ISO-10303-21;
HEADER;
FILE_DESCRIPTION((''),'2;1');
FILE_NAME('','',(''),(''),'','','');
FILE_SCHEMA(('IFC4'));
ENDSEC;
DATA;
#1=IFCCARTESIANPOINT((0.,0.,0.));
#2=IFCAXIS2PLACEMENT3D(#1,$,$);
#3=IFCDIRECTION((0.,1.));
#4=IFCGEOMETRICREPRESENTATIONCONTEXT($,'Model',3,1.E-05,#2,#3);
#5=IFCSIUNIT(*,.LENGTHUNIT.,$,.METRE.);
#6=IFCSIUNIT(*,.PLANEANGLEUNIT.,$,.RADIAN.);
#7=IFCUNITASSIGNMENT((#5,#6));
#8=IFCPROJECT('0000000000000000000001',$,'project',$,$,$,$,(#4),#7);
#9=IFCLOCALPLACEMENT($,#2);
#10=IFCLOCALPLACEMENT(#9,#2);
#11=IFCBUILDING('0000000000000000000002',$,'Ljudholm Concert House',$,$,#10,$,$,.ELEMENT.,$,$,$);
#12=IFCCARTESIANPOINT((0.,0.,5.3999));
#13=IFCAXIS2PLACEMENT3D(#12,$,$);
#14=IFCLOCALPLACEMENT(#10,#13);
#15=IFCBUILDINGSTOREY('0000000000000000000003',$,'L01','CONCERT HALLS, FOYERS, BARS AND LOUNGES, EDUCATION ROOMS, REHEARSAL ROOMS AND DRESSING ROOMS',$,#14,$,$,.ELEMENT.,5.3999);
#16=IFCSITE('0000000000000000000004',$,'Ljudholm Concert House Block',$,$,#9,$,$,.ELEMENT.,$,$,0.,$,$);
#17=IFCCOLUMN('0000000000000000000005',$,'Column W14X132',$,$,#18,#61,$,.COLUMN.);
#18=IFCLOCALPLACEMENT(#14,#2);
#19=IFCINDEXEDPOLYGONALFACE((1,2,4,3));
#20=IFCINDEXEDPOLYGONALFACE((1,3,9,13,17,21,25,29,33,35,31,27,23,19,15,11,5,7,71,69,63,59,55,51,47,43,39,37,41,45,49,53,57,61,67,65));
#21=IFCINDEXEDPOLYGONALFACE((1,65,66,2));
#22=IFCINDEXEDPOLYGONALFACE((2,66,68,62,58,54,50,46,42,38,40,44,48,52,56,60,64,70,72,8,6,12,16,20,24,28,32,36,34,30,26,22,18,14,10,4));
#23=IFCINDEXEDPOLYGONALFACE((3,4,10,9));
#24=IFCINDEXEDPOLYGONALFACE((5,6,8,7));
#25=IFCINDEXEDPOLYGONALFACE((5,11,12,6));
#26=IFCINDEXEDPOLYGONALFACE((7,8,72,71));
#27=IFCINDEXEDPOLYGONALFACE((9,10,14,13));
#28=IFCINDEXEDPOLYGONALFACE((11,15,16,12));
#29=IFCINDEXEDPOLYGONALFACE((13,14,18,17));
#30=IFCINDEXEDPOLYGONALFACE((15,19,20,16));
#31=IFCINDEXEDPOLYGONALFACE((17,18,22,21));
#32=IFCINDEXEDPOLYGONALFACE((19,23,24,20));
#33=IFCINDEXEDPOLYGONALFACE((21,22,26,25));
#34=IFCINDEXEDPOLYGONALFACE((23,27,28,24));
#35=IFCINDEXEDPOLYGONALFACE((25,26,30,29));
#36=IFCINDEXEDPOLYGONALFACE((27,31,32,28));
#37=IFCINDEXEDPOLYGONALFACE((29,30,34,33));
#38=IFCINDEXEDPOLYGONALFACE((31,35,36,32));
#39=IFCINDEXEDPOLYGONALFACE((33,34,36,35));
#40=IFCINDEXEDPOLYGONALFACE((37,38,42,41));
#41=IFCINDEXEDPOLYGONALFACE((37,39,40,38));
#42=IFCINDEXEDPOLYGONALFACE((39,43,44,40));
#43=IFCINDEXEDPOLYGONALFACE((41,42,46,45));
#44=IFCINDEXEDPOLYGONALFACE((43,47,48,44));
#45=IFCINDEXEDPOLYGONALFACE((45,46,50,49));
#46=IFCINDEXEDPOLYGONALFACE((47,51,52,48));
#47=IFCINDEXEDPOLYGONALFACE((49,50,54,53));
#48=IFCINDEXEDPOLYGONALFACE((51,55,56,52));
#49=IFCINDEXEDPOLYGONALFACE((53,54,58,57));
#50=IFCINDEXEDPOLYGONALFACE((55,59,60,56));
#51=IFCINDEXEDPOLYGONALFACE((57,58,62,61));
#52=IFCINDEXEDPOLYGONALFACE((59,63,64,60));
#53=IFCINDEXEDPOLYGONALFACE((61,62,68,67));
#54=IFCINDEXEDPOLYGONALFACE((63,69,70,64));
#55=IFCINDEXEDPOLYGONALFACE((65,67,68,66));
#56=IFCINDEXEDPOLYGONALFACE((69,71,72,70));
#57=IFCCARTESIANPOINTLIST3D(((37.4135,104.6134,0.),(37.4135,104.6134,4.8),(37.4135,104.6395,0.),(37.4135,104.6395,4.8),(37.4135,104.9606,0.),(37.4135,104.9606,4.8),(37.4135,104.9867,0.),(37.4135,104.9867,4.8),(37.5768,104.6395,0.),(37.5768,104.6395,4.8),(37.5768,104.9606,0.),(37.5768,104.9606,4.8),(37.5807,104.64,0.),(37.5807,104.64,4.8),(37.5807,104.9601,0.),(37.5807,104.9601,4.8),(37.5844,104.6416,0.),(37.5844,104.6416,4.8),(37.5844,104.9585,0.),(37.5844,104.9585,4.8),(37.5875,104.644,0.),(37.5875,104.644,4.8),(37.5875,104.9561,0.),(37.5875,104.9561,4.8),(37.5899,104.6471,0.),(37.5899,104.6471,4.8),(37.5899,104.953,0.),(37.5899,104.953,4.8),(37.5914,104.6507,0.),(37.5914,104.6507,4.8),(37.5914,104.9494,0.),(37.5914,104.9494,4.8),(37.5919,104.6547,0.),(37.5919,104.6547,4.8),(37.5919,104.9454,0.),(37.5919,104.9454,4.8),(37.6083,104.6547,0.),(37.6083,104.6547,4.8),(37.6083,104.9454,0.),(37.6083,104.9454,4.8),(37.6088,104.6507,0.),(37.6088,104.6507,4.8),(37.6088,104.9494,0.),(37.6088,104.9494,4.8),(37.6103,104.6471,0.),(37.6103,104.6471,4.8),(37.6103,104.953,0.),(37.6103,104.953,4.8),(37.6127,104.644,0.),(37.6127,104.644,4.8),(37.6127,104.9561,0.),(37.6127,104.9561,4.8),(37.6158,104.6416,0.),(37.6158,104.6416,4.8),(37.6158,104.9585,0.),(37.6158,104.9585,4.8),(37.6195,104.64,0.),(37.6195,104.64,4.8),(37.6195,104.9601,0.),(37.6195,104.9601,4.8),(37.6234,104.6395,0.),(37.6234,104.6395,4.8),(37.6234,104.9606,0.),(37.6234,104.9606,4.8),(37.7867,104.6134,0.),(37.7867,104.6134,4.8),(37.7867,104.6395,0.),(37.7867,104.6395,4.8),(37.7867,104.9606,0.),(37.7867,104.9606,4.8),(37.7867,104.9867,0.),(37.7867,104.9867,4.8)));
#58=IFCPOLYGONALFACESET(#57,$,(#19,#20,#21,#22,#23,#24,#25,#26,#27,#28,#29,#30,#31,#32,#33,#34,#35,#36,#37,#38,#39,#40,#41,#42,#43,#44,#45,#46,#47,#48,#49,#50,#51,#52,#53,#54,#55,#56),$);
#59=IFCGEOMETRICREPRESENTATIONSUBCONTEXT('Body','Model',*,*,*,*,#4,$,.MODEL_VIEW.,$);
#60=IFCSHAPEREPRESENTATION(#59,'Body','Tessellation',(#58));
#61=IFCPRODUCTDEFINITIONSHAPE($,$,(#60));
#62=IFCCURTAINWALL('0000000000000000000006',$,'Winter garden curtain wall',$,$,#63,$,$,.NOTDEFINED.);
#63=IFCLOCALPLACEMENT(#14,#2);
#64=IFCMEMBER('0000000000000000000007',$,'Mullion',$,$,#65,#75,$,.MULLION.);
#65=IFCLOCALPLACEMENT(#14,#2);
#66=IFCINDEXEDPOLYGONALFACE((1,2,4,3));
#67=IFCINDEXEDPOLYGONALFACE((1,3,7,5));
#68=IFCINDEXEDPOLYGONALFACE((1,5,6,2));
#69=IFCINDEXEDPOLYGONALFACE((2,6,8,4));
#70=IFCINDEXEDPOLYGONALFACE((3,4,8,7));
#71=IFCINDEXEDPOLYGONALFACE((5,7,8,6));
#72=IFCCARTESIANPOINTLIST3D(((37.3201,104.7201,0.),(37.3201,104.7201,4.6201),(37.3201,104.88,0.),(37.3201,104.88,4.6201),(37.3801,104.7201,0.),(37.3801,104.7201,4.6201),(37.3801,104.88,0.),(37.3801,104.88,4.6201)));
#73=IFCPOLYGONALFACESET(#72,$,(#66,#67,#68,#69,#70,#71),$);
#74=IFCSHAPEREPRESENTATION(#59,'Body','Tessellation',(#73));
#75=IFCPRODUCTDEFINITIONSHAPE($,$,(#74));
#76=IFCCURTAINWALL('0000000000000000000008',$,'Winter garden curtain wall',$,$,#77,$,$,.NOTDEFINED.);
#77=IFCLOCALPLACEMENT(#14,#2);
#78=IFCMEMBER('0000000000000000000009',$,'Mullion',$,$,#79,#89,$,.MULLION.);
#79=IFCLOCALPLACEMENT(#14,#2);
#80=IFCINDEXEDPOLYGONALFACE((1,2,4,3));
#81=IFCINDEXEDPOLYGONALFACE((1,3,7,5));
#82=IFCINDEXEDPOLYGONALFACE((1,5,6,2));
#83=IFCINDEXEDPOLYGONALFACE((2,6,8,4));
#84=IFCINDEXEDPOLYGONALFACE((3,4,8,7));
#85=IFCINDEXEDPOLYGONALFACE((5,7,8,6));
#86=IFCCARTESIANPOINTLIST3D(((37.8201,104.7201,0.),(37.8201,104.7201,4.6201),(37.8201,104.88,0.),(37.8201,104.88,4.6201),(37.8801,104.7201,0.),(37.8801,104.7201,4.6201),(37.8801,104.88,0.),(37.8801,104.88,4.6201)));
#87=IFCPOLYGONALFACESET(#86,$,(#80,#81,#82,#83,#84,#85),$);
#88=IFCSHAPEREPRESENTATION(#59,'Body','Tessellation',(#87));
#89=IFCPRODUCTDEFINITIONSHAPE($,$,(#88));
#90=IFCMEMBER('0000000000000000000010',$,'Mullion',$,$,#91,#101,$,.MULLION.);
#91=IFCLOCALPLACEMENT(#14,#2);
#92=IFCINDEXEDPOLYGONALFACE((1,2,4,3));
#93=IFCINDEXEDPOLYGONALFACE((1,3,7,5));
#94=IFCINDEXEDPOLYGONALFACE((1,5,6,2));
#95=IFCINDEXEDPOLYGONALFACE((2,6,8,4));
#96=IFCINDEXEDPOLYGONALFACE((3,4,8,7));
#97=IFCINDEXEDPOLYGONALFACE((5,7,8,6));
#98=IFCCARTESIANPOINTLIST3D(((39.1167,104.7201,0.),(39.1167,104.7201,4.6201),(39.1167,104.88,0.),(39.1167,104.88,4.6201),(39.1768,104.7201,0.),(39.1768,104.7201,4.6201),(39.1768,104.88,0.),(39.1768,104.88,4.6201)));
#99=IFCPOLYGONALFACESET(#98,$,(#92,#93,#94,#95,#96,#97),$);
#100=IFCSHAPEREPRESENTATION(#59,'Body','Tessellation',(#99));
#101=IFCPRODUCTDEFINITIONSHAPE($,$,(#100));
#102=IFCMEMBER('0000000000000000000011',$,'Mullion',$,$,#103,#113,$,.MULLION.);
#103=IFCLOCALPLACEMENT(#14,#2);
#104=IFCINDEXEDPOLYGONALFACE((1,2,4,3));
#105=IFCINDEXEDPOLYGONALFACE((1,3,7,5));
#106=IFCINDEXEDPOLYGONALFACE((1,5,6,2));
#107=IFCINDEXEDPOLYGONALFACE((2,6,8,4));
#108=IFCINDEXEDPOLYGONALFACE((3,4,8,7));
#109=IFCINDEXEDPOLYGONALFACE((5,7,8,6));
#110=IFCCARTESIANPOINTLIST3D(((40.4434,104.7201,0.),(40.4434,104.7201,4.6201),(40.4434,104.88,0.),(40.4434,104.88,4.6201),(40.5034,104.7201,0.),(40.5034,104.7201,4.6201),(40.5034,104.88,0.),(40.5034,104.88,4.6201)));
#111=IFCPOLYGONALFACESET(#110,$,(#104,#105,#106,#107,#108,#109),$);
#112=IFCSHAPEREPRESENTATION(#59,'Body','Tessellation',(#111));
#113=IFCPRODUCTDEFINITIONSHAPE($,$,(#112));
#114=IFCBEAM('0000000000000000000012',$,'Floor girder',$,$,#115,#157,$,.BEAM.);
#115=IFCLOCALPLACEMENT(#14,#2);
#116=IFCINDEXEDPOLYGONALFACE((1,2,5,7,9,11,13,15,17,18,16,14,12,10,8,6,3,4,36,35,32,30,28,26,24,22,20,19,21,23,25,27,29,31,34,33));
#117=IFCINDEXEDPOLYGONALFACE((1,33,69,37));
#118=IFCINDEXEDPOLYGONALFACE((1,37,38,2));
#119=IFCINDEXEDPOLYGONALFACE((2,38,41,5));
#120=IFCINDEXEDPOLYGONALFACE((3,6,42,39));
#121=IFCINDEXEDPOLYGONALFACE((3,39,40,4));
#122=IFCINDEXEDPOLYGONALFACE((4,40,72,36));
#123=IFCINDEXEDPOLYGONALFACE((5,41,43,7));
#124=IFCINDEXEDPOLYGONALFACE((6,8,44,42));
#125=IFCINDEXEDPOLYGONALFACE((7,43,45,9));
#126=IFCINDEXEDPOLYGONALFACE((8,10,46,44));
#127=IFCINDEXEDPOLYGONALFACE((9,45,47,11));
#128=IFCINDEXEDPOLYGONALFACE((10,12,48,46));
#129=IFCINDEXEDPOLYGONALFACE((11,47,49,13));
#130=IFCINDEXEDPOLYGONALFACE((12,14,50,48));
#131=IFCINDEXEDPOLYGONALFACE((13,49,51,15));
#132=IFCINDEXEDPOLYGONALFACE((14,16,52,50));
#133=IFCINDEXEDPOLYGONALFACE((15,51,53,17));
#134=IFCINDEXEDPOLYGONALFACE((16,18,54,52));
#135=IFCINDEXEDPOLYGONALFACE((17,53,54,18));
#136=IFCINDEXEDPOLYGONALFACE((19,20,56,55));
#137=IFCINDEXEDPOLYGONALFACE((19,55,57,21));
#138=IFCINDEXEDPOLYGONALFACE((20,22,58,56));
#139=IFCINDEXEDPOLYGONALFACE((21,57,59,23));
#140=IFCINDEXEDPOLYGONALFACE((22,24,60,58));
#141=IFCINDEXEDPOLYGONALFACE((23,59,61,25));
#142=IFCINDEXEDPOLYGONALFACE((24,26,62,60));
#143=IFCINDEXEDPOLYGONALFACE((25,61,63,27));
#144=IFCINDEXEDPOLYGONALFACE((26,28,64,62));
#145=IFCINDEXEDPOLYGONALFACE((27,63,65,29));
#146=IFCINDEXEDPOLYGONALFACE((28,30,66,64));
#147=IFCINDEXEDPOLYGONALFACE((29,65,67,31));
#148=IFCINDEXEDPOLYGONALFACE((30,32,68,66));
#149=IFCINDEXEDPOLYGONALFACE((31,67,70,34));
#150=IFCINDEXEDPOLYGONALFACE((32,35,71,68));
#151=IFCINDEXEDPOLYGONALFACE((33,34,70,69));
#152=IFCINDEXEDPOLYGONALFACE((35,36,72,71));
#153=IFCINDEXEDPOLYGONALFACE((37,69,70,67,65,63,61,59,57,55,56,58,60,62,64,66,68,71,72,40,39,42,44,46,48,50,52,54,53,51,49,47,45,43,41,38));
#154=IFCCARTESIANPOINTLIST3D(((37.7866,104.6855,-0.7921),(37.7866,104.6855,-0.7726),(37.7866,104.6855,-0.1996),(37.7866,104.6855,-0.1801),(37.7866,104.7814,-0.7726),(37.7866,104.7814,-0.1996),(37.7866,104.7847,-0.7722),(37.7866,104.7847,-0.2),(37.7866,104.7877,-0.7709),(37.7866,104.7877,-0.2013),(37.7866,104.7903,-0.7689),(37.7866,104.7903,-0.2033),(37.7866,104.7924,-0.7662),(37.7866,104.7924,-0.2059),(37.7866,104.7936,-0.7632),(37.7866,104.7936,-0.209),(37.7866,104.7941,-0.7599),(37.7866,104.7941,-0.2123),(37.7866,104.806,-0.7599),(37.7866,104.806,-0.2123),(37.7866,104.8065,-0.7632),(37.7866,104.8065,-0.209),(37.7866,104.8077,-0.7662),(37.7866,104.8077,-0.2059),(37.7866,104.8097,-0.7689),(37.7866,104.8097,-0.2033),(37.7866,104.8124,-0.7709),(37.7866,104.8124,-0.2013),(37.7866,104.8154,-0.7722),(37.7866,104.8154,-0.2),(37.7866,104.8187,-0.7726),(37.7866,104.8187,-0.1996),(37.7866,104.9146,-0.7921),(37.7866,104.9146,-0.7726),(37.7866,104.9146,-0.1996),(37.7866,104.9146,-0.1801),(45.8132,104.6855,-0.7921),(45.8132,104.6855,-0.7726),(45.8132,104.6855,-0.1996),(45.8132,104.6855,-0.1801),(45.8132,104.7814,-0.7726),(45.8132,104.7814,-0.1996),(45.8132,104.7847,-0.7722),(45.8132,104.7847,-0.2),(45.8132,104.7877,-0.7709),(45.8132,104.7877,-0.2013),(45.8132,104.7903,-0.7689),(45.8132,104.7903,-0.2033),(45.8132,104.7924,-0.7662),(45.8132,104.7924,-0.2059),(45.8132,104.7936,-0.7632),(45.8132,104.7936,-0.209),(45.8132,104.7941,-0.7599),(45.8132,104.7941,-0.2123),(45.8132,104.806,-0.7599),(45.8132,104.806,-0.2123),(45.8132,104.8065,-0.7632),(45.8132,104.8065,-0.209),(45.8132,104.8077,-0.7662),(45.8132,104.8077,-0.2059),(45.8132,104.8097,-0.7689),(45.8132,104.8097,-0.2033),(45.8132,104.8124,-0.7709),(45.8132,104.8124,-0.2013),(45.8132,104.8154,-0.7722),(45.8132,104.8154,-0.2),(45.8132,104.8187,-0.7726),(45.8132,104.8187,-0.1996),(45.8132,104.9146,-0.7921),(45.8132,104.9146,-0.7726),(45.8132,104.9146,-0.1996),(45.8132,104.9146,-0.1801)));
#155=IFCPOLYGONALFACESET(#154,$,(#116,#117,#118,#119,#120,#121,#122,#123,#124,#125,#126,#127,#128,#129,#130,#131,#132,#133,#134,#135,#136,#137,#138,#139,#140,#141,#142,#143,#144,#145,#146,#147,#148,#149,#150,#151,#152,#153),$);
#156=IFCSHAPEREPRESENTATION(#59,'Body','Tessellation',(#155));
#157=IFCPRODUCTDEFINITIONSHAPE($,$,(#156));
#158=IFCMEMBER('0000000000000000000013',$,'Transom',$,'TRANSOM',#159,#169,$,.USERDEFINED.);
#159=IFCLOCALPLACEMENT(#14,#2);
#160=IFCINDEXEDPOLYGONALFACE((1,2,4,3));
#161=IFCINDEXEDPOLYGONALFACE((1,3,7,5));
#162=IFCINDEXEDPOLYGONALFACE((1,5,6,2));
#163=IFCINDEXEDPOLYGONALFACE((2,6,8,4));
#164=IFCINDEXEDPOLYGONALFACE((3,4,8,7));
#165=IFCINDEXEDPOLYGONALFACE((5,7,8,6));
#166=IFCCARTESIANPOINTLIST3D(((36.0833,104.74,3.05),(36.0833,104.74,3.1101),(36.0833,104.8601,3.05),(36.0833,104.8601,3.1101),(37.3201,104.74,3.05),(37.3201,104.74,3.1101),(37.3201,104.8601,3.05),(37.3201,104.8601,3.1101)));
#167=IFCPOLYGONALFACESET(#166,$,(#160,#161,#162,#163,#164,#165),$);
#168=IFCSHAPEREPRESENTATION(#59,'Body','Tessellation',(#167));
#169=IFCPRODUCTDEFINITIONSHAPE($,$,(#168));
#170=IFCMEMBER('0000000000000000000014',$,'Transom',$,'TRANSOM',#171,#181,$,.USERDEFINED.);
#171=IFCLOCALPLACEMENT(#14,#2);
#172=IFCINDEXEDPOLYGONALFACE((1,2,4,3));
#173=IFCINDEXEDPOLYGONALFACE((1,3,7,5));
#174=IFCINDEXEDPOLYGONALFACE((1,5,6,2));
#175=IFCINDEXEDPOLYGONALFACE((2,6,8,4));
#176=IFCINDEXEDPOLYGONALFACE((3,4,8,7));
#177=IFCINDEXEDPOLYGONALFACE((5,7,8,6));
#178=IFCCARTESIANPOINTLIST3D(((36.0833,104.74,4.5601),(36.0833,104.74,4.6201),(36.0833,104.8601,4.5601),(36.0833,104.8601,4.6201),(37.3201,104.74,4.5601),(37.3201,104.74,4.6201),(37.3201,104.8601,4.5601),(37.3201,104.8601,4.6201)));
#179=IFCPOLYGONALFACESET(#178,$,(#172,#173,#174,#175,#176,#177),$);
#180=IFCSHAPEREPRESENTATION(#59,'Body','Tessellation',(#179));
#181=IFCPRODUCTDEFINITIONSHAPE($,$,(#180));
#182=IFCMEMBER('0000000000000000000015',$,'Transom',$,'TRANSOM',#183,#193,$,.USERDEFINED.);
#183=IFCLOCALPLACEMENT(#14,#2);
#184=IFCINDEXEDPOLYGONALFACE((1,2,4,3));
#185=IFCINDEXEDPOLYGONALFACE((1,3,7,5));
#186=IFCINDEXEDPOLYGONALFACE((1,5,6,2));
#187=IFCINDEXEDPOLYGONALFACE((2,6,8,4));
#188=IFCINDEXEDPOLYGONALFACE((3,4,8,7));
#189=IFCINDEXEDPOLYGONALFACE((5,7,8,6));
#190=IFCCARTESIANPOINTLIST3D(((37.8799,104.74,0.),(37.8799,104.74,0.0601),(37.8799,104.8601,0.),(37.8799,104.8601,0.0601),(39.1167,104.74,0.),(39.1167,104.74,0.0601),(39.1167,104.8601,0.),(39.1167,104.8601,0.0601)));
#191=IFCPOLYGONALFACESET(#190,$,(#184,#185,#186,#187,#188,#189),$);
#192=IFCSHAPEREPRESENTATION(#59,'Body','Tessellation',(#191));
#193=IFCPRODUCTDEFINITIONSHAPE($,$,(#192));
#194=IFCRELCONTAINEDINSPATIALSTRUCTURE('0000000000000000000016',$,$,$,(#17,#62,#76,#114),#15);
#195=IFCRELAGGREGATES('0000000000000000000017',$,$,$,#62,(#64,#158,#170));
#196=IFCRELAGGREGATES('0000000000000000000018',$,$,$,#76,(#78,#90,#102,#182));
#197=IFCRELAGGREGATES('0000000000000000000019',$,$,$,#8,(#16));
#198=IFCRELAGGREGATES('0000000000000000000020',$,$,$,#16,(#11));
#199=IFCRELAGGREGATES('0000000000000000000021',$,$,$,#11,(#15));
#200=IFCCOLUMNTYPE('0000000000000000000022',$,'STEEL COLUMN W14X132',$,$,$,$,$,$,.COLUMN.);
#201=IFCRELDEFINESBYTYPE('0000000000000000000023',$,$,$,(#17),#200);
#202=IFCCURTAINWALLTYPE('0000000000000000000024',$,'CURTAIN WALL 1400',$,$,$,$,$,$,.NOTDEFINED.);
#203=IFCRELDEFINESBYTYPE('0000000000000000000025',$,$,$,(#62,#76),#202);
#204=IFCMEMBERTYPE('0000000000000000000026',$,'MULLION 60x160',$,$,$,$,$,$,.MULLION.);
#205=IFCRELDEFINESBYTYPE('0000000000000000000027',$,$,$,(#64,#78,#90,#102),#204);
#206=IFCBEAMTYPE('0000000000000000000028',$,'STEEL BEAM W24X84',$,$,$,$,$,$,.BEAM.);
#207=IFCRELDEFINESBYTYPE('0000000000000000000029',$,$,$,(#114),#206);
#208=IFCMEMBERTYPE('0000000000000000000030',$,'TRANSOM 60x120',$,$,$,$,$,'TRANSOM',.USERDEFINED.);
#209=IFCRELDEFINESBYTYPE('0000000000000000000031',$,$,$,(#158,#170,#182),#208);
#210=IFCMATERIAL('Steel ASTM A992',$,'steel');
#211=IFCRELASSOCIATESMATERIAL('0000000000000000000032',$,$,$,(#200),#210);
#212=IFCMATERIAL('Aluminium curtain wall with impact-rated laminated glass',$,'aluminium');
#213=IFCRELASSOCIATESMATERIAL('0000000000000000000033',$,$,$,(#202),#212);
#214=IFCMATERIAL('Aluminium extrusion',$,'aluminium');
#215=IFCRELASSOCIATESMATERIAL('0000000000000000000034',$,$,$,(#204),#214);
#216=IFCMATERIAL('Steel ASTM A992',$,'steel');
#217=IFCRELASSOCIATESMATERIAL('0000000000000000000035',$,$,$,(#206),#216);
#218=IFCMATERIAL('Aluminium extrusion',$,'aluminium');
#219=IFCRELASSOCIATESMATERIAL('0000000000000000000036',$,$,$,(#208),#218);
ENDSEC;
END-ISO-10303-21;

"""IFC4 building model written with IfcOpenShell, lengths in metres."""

from ifc_helpers import new_model, si_unit, direction, frame, origin, origin_2d, place, context, subcontext, project, spatial, rectangle, i_section, extrude, material, material_profile, profile_set, type_object, element, aggregate, save


model = new_model("IFC4")

# Units and contexts
model_context = context("Model", 3, precision=1e-05, world=origin(), true_north=direction((0.0, 1.0)))
body_context = subcontext(model_context, "Body", "Model", "MODEL_VIEW")
ifc_project = project(units=[si_unit("LENGTHUNIT", "METRE"), si_unit("PLANEANGLEUNIT", "RADIAN")], contexts=[model_context])

# Site, building, storey
site_placement = place(None, origin())
site = spatial("IfcSite", under=ifc_project, at=site_placement, Name="Ljudholm Concert House Block", CompositionType="ELEMENT", RefElevation=0.0)
building_placement = place(site_placement, origin())
building = spatial("IfcBuilding", under=site, at=building_placement, Name="Ljudholm Concert House", CompositionType="ELEMENT")
storey_placement = place(building_placement, frame((0.0, 0.0, 5.3999)))
storey = spatial("IfcBuildingStorey", under=building, at=storey_placement, Name="L01", Description="CONCERT HALLS, FOYERS, BARS AND LOUNGES, EDUCATION ROOMS, REHEARSAL ROOMS AND DRESSING ROOMS", CompositionType="ELEMENT", Elevation=5.3999)

# Column
ifc_material_1 = material(Name="Steel ASTM A992", Category="steel")
ifc_material_profile_1 = material_profile(ifc_material_1, i_section(OverallWidth=0.3733, OverallDepth=0.3733, WebThickness=0.0164, FlangeThickness=0.0261, FilletRadius=0.0151, at=origin_2d()), Name="W14X132")
ifc_profile_set_1 = profile_set([ifc_material_profile_1], Name="Steel ASTM A992")
column_type = type_object("IfcColumnType", Name="STEEL COLUMN W14X132", PredefinedType="COLUMN", material=ifc_profile_set_1)
column_placement = place(storey_placement, frame((37.6001, 104.8, 0.0), z_axis=(0.0, 0.0, 1.0), x_axis=(1.0, 0.0, 0.0)))
element("IfcColumn", 1, at=column_placement, inside=storey, type_object=column_type, Name="Column W14X132", PredefinedType="COLUMN", context=body_context, shape_type="SweptSolid", body=[
    extrude(i_section(OverallWidth=0.3733, OverallDepth=0.3733, WebThickness=0.0164, FlangeThickness=0.0261, FilletRadius=0.0151, at=origin_2d()), origin(), (0.0, 0.0, 1.0), 4.8),
])

# Curtain wall, member
ifc_material_2 = material(Name="Aluminium curtain wall with impact-rated laminated glass", Category="aluminium")
curtain_wall_type = type_object("IfcCurtainWallType", Name="CURTAIN WALL 1400", PredefinedType="NOTDEFINED", material=ifc_material_2)
curtain_wall_1_placement = place(storey_placement, origin())
curtain_wall_1 = element("IfcCurtainWall", 2, at=curtain_wall_1_placement, inside=storey, type_object=curtain_wall_type, Name="Winter garden curtain wall", PredefinedType="NOTDEFINED")
ifc_material_3 = material(Name="Aluminium extrusion", Category="aluminium")
ifc_material_profile_2 = material_profile(ifc_material_3, rectangle(XDim=0.1599, YDim=0.0601, at=origin_2d()), Name="MULLION 60x160")
ifc_profile_set_2 = profile_set([ifc_material_profile_2], Name="Aluminium extrusion")
member_type_1 = type_object("IfcMemberType", Name="MULLION 60x160", PredefinedType="MULLION", material=ifc_profile_set_2)
member_1_placement = place(storey_placement, frame((37.3501, 104.8, 0.0), z_axis=(0.0, 0.0, 1.0), x_axis=(0.0, 1.0, 0.0)))
member_1 = element("IfcMember", 3, at=member_1_placement, type_object=member_type_1, Name="Mullion", PredefinedType="MULLION", context=body_context, shape_type="SweptSolid", body=[
    extrude(rectangle(XDim=0.1599, YDim=0.0601, at=origin_2d()), origin(), (0.0, 0.0, 1.0), 4.6201),
])

# Curtain wall, members
curtain_wall_2_placement = place(storey_placement, origin())
curtain_wall_2 = element("IfcCurtainWall", 4, at=curtain_wall_2_placement, inside=storey, type_object=curtain_wall_type, Name="Winter garden curtain wall", PredefinedType="NOTDEFINED")
member_2_placement = place(storey_placement, frame((37.8501, 104.8, 0.0), z_axis=(0.0, 0.0, 1.0), x_axis=(0.0, 1.0, 0.0)))
member_2 = element("IfcMember", 5, at=member_2_placement, type_object=member_type_1, Name="Mullion", PredefinedType="MULLION", context=body_context, shape_type="SweptSolid", body=[
    extrude(rectangle(XDim=0.1599, YDim=0.0601, at=origin_2d()), origin(), (0.0, 0.0, 1.0), 4.6201),
])
member_3_placement = place(storey_placement, frame((39.1467, 104.8, 0.0), z_axis=(0.0, 0.0, 1.0), x_axis=(0.0, 1.0, 0.0)))
member_3 = element("IfcMember", 6, at=member_3_placement, type_object=member_type_1, Name="Mullion", PredefinedType="MULLION", context=body_context, shape_type="SweptSolid", body=[
    extrude(rectangle(XDim=0.1599, YDim=0.0601, at=origin_2d()), origin(), (0.0, 0.0, 1.0), 4.6201),
])
member_4_placement = place(storey_placement, frame((40.4734, 104.8, 0.0), z_axis=(0.0, 0.0, 1.0), x_axis=(0.0, 1.0, 0.0)))
member_4 = element("IfcMember", 7, at=member_4_placement, type_object=member_type_1, Name="Mullion", PredefinedType="MULLION", context=body_context, shape_type="SweptSolid", body=[
    extrude(rectangle(XDim=0.1599, YDim=0.0601, at=origin_2d()), origin(), (0.0, 0.0, 1.0), 4.6201),
])

# Beam
ifc_material_4 = material(Name="Steel ASTM A992", Category="steel")
ifc_material_profile_3 = material_profile(ifc_material_4, i_section(OverallWidth=0.229, OverallDepth=0.6121, WebThickness=0.012, FlangeThickness=0.0195, FilletRadius=0.0127, at=origin_2d()), Name="W24X84")
ifc_profile_set_3 = profile_set([ifc_material_profile_3], Name="Steel ASTM A992")
beam_type = type_object("IfcBeamType", Name="STEEL BEAM W24X84", PredefinedType="BEAM", material=ifc_profile_set_3)
beam_placement = place(storey_placement, frame((37.7866, 104.8, -0.4861), z_axis=(1.0, 0.0, 0.0), x_axis=(0.0, 1.0, 0.0)))
element("IfcBeam", 8, at=beam_placement, inside=storey, type_object=beam_type, Name="Floor girder", PredefinedType="BEAM", context=body_context, shape_type="SweptSolid", body=[
    extrude(i_section(OverallWidth=0.229, OverallDepth=0.6121, WebThickness=0.012, FlangeThickness=0.0195, FilletRadius=0.0127, at=origin_2d()), origin(), (0.0, 0.0, 1.0), 8.0266),
])

# Members
ifc_material_5 = material(Name="Aluminium extrusion", Category="aluminium")
ifc_material_profile_4 = material_profile(ifc_material_5, rectangle(XDim=0.1201, YDim=0.0601, at=origin_2d()), Name="TRANSOM 60x120")
ifc_profile_set_4 = profile_set([ifc_material_profile_4], Name="Aluminium extrusion")
member_type_2 = type_object("IfcMemberType", Name="TRANSOM 60x120", ElementType="TRANSOM", PredefinedType="USERDEFINED", material=ifc_profile_set_4)
member_5_placement = place(storey_placement, frame((36.0833, 104.8, 3.0801), z_axis=(1.0, 0.0, 0.0), x_axis=(0.0, 1.0, 0.0)))
member_5 = element("IfcMember", 9, at=member_5_placement, type_object=member_type_2, Name="Transom", ObjectType="TRANSOM", PredefinedType="USERDEFINED", context=body_context, shape_type="SweptSolid", body=[
    extrude(rectangle(XDim=0.1201, YDim=0.0601, at=origin_2d()), origin(), (0.0, 0.0, 1.0), 1.2368),
])
member_6_placement = place(storey_placement, frame((36.0833, 104.8, 4.5901), z_axis=(1.0, 0.0, 0.0), x_axis=(0.0, 1.0, 0.0)))
member_6 = element("IfcMember", 10, at=member_6_placement, type_object=member_type_2, Name="Transom", ObjectType="TRANSOM", PredefinedType="USERDEFINED", context=body_context, shape_type="SweptSolid", body=[
    extrude(rectangle(XDim=0.1201, YDim=0.0601, at=origin_2d()), origin(), (0.0, 0.0, 1.0), 1.2368),
])
member_7_placement = place(storey_placement, frame((37.8799, 104.8, 0.03), z_axis=(1.0, 0.0, 0.0), x_axis=(0.0, 1.0, 0.0)))
member_7 = element("IfcMember", 11, at=member_7_placement, type_object=member_type_2, Name="Transom", ObjectType="TRANSOM", PredefinedType="USERDEFINED", context=body_context, shape_type="SweptSolid", body=[
    extrude(rectangle(XDim=0.1201, YDim=0.0601, at=origin_2d()), origin(), (0.0, 0.0, 1.0), 1.2368),
])

aggregate(curtain_wall_1, [member_1, member_5, member_6])
aggregate(curtain_wall_2, [member_2, member_3, member_4, member_7])

save(model, "model.ifc")
